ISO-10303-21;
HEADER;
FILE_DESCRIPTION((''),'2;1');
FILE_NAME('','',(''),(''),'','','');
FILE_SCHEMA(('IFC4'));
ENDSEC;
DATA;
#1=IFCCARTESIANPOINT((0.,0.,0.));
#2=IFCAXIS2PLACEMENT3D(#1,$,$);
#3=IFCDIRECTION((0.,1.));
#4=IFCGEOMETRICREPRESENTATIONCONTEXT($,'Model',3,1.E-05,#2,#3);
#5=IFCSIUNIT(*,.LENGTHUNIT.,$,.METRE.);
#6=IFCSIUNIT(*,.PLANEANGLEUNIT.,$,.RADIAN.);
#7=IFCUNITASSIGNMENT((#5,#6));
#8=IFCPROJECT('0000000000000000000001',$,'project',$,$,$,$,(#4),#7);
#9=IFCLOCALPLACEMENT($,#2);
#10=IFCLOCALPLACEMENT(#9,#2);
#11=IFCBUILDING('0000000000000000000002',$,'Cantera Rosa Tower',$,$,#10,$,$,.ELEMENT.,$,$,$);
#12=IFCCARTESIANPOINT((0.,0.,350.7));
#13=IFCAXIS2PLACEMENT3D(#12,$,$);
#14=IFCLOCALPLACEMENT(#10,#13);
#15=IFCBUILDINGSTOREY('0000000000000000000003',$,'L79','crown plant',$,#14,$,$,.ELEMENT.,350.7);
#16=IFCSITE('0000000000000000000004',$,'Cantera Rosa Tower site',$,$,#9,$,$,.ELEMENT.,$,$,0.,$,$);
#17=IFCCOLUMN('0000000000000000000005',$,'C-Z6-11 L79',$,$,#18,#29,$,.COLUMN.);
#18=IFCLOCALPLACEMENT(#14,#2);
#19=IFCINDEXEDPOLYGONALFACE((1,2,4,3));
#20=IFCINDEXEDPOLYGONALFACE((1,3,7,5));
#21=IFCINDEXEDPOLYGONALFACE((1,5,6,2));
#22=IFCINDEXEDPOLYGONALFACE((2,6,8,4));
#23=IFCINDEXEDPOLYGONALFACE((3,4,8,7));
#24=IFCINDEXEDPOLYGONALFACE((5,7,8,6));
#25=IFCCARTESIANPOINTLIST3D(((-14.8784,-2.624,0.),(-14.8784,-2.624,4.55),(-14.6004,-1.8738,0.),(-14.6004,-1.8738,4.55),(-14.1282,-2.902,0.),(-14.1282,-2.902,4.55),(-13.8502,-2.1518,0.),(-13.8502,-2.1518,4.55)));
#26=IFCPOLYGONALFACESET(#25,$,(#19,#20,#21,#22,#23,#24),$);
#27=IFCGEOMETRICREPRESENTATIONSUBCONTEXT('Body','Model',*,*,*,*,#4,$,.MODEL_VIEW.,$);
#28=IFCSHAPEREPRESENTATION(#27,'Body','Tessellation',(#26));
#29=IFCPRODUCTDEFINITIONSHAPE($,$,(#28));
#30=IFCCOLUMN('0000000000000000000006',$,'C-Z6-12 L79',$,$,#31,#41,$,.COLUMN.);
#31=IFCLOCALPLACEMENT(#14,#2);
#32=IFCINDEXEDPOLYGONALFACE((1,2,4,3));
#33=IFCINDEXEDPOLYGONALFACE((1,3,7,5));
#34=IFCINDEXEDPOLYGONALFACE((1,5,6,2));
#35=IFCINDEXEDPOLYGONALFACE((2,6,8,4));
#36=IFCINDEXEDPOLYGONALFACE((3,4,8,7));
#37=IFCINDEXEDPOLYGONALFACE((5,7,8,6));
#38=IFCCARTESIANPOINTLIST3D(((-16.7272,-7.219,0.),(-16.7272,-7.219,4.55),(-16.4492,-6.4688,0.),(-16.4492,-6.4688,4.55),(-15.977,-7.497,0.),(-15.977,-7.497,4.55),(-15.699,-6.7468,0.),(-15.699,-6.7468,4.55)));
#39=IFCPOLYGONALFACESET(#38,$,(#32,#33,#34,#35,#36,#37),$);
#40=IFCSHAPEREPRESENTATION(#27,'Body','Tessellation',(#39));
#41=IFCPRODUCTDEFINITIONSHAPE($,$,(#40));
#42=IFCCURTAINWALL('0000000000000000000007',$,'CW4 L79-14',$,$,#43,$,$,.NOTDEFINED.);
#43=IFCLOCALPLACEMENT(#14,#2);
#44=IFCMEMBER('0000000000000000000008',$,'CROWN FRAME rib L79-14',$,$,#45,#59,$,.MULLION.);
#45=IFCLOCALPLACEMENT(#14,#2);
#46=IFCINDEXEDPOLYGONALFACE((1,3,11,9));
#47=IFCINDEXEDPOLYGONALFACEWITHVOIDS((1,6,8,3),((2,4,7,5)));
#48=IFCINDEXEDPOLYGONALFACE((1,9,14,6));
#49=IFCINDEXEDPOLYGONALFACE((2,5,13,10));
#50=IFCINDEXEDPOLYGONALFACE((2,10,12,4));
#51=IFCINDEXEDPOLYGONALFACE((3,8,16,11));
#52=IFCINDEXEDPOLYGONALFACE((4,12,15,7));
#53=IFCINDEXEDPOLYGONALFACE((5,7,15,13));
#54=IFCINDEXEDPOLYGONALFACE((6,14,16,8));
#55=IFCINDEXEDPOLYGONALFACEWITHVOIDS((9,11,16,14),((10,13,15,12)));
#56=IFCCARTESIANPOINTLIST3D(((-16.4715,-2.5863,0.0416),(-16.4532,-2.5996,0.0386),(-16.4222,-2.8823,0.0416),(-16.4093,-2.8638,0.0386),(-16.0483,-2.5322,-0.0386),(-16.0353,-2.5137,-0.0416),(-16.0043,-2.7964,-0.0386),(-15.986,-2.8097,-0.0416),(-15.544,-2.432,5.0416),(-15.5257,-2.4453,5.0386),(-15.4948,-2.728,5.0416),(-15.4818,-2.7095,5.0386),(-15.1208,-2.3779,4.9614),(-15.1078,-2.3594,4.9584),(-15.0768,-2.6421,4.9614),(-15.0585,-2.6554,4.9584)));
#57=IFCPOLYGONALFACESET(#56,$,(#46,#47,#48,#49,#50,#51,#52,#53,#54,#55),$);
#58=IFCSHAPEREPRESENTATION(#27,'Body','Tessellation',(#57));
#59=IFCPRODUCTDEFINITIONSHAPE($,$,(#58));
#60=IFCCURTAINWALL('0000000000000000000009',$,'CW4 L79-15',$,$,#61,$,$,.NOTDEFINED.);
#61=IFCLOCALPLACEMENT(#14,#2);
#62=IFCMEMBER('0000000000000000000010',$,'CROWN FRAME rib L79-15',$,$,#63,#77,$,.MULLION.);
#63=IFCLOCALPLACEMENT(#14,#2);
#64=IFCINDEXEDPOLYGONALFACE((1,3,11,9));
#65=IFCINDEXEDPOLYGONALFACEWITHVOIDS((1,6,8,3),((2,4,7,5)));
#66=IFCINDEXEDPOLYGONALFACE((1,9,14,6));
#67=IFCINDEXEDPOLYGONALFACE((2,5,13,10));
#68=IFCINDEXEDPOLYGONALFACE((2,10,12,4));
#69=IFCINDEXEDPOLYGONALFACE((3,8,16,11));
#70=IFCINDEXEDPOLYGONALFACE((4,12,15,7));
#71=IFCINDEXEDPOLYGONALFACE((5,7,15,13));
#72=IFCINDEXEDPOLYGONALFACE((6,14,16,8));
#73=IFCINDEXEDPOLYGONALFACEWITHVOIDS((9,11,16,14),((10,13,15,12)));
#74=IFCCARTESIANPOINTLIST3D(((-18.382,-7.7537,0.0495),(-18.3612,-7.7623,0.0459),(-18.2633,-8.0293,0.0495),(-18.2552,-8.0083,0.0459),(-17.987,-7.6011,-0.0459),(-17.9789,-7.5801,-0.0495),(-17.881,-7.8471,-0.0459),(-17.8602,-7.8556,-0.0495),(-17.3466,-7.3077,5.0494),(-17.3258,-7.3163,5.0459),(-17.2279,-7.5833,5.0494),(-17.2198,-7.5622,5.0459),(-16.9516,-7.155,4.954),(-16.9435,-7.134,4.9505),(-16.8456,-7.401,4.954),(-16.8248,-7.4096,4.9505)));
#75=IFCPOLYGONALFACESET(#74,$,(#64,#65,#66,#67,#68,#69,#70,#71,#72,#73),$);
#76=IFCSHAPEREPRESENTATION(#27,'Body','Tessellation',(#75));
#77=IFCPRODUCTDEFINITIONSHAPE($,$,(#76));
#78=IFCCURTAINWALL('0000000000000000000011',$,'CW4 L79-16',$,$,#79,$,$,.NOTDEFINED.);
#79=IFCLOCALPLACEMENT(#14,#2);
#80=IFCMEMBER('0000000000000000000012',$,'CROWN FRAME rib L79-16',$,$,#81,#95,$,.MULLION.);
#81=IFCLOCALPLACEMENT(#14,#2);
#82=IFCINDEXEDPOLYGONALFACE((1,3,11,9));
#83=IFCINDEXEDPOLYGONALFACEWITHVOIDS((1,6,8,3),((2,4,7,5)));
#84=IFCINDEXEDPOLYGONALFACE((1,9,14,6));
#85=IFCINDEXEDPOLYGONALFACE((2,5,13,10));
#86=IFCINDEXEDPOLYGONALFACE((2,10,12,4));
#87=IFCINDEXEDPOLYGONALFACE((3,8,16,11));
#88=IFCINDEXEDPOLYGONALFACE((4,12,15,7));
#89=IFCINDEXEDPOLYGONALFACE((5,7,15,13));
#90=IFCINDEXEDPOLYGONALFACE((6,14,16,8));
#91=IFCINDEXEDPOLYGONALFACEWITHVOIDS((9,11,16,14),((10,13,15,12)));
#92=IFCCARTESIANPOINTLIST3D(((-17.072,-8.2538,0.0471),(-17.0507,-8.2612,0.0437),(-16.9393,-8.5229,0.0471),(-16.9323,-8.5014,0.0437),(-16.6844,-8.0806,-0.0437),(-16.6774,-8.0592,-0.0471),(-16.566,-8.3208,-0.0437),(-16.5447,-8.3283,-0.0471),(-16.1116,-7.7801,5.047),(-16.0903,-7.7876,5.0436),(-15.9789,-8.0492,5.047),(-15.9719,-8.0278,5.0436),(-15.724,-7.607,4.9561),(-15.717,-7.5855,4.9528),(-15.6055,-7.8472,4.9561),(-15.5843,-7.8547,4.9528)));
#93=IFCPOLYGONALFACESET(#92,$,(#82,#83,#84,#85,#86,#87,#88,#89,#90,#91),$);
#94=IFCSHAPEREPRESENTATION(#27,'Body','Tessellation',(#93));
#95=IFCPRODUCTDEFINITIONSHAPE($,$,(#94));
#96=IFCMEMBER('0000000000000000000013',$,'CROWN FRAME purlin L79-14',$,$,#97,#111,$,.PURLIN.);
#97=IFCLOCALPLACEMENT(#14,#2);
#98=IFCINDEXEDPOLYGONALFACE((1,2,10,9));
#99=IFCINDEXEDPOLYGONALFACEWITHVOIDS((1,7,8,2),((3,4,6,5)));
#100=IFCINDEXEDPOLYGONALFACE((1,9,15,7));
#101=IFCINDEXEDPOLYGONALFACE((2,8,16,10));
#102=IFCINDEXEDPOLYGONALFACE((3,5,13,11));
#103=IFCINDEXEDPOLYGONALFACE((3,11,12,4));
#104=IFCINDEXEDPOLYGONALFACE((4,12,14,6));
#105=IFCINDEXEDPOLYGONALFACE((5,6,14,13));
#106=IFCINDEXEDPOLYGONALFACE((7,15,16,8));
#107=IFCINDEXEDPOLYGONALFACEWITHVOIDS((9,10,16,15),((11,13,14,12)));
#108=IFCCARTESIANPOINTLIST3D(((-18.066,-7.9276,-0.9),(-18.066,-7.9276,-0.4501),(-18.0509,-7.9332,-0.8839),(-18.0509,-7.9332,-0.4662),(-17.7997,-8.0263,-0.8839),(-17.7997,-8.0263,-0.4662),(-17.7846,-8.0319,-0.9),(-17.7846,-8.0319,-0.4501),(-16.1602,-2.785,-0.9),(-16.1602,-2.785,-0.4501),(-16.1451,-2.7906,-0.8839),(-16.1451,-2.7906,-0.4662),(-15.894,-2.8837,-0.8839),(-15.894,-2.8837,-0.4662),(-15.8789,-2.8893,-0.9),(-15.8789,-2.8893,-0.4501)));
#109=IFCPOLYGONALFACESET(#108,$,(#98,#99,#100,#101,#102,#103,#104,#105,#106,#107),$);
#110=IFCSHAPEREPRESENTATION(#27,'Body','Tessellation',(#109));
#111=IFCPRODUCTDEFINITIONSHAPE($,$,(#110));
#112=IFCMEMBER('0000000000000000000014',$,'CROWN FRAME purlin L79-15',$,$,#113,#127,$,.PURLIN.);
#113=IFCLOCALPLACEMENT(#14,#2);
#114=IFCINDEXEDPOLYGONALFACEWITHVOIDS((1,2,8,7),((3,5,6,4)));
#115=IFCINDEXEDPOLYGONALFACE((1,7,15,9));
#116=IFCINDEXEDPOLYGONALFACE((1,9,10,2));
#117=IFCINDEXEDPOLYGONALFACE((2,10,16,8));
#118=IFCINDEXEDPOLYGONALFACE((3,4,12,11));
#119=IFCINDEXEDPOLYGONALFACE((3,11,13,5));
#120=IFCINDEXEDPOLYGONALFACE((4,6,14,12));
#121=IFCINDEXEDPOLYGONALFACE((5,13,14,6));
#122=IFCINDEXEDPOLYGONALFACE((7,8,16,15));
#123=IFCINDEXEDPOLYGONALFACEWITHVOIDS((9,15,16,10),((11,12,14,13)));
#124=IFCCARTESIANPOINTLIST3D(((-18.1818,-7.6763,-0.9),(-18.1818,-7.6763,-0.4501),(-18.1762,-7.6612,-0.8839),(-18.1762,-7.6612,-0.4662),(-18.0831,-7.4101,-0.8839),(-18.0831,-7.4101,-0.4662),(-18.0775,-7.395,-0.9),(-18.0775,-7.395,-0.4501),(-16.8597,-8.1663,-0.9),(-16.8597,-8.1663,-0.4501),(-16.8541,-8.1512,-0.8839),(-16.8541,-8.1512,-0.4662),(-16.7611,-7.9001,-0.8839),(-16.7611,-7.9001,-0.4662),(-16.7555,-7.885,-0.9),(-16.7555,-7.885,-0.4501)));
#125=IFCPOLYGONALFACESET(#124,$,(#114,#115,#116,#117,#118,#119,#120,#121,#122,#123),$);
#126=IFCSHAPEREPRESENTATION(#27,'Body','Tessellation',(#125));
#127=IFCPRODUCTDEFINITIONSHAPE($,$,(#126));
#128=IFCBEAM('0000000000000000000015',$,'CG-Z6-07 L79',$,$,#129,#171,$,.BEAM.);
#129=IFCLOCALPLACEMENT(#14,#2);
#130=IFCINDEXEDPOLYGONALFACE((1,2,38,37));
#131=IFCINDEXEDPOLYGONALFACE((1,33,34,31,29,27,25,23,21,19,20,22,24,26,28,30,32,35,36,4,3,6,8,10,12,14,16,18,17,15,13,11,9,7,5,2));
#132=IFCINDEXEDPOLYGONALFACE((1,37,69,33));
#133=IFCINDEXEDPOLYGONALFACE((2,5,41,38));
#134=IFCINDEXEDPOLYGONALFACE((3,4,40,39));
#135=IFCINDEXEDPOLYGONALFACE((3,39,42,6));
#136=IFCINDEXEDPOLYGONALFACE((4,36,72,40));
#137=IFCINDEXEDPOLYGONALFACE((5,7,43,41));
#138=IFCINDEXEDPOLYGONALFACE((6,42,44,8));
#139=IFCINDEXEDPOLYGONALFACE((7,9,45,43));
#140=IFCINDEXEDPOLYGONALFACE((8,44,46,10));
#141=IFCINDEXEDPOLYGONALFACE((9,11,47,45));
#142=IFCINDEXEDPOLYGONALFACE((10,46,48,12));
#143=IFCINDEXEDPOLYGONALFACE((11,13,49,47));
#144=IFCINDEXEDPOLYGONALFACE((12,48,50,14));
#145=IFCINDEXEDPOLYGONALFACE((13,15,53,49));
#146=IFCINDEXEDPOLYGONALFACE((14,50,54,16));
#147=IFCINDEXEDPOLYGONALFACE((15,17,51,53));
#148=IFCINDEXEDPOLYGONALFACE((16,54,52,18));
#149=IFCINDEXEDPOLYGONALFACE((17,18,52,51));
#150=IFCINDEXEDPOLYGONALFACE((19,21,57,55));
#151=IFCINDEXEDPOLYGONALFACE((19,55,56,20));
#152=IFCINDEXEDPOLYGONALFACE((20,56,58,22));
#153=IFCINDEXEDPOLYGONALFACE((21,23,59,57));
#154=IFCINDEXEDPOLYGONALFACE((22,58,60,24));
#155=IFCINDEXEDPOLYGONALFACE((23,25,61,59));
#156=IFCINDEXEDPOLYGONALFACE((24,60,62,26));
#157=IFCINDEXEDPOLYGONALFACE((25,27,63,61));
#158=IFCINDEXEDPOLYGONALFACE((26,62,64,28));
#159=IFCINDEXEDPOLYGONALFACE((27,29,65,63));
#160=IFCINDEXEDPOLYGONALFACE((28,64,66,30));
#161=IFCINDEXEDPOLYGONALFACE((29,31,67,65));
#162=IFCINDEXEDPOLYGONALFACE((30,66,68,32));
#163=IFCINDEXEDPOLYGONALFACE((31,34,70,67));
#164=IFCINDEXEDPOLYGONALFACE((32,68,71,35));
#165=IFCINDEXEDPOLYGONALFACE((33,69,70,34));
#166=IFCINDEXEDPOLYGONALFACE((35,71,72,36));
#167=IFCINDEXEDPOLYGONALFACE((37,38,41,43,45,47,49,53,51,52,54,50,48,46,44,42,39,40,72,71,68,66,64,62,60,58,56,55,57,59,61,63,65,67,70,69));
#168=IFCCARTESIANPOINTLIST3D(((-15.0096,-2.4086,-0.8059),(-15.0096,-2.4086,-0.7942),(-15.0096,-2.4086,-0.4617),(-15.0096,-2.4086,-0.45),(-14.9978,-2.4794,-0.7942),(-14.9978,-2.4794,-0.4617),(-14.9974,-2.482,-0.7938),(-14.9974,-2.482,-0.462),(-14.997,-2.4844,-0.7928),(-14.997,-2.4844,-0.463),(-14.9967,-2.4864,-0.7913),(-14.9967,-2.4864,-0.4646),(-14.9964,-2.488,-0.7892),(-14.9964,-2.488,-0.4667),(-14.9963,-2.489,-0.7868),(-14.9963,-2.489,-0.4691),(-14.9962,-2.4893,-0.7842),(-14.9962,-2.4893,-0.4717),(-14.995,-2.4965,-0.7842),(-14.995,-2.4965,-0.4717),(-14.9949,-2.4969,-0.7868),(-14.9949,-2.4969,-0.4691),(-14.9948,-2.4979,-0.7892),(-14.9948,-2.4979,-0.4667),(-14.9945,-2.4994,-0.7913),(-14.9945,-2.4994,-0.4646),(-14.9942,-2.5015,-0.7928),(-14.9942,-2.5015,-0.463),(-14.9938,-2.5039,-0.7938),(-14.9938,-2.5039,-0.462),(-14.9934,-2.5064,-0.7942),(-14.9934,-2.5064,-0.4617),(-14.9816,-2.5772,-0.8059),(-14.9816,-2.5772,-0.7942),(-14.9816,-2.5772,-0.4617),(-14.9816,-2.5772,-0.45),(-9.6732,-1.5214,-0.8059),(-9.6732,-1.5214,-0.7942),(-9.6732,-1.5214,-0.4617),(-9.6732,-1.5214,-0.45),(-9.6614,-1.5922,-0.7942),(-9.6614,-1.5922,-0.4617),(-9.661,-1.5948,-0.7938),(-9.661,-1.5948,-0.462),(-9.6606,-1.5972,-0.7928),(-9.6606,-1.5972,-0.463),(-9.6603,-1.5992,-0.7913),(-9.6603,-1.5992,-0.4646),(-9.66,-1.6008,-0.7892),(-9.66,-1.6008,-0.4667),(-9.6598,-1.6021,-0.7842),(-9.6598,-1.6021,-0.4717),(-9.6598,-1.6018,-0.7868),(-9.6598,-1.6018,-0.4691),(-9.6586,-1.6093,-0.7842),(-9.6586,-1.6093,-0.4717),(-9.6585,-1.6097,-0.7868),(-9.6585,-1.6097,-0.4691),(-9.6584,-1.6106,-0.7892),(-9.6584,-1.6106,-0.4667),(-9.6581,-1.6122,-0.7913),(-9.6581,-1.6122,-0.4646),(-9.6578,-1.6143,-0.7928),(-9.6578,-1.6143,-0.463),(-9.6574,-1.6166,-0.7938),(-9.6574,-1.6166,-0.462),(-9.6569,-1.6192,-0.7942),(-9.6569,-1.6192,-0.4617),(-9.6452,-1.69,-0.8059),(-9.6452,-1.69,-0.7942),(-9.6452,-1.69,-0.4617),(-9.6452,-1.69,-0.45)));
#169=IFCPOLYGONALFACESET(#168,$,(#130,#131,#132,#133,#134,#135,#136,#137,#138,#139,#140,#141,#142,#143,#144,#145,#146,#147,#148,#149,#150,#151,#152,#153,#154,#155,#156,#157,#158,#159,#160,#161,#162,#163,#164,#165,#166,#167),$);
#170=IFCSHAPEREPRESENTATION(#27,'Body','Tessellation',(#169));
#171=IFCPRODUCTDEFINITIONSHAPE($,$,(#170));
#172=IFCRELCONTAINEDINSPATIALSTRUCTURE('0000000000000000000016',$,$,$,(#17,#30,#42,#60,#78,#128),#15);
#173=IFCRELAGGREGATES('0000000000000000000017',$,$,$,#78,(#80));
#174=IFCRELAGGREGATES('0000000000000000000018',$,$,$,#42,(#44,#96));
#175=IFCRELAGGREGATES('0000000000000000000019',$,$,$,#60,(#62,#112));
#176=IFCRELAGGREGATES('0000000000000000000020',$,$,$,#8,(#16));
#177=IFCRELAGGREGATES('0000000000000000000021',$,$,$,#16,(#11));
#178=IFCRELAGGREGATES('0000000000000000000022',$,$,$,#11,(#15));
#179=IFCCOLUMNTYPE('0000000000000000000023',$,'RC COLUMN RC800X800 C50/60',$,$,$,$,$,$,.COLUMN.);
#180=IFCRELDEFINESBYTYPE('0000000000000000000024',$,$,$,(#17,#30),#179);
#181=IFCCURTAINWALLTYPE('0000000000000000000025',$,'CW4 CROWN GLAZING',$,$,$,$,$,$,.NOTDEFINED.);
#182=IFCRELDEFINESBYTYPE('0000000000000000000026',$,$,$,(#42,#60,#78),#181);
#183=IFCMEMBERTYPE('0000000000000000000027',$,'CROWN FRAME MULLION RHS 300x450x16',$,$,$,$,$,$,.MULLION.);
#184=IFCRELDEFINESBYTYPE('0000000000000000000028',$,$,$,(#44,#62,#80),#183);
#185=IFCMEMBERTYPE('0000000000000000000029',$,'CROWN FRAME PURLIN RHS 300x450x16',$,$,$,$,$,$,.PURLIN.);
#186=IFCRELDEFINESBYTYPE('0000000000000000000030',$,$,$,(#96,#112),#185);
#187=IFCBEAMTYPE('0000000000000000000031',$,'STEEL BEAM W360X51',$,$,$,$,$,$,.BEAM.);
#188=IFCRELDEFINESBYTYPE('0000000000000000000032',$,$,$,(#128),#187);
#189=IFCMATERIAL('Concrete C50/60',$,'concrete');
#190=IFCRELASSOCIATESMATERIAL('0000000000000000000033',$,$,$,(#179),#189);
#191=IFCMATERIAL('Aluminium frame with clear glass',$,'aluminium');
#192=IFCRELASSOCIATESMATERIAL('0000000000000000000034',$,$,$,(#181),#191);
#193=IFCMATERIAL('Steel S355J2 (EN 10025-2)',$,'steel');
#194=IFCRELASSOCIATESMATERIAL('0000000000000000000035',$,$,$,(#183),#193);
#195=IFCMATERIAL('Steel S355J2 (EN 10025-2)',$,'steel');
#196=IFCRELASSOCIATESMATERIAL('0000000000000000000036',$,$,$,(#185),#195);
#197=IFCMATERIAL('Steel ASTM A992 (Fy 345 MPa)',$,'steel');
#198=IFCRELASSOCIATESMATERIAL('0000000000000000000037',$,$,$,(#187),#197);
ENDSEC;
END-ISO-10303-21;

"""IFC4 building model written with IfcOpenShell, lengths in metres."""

from ifc_helpers import new_model, si_unit, direction, frame, origin, origin_2d, place, context, subcontext, project, spatial, rectangle, hollow_rectangle, i_section, extrude, material, material_profile, profile_set, type_object, element, aggregate, save


model = new_model("IFC4")

# Units and contexts
model_context = context("Model", 3, precision=1e-05, world=origin(), true_north=direction((0.0, 1.0)))
body_context = subcontext(model_context, "Body", "Model", "MODEL_VIEW")
ifc_project = project(units=[si_unit("LENGTHUNIT", "METRE"), si_unit("PLANEANGLEUNIT", "RADIAN")], contexts=[model_context])

# Site, building, storey
site_placement = place(None, origin())
site = spatial("IfcSite", under=ifc_project, at=site_placement, Name="Cantera Rosa Tower site", CompositionType="ELEMENT", RefElevation=0.0)
building_placement = place(site_placement, origin())
building = spatial("IfcBuilding", under=site, at=building_placement, Name="Cantera Rosa Tower", CompositionType="ELEMENT")
storey_placement = place(building_placement, frame((0.0, 0.0, 350.7)))
storey = spatial("IfcBuildingStorey", under=building, at=storey_placement, Name="L79", Description="crown plant", CompositionType="ELEMENT", Elevation=350.7)

# Columns
ifc_material_1 = material(Name="Concrete C50/60", Category="concrete")
ifc_material_profile_1 = material_profile(ifc_material_1, rectangle(XDim=0.8, YDim=0.8, at=origin_2d()), Name="RC COLUMN RC800X800 C50/60")
ifc_profile_set_1 = profile_set([ifc_material_profile_1], Name="Concrete C50/60")
column_type = type_object("IfcColumnType", Name="RC COLUMN RC800X800 C50/60", PredefinedType="COLUMN", material=ifc_profile_set_1)
for number, where, z_axis, x_axis, name in (
    (1, (-14.3643, -2.3879, 0.0), (0.0, 0.0, 1.0), (0.347481, 0.937687, 0.0), "C-Z6-11 L79"),
    (2, (-16.2131, -6.9829, 0.0), (0.0, 0.0, 1.0), (0.347481, 0.937687, 0.0), "C-Z6-12 L79"),
):
    element("IfcColumn", number, at=place(storey_placement, frame(where, z_axis=z_axis, x_axis=x_axis)), inside=storey, type_object=column_type, Name=name, PredefinedType="COLUMN", context=body_context, shape_type="SweptSolid", body=[
        extrude(rectangle(XDim=0.8, YDim=0.8, at=origin_2d()), origin(), (0.0, 0.0, 1.0), 4.55),
    ])

# Curtain walls, members
ifc_material_2 = material(Name="Aluminium frame with clear glass", Category="aluminium")
curtain_wall_type = type_object("IfcCurtainWallType", Name="CW4 CROWN GLAZING", PredefinedType="NOTDEFINED", material=ifc_material_2)
curtain_wall_1_placement = place(storey_placement, origin())
curtain_wall_1 = element("IfcCurtainWall", 3, at=curtain_wall_1_placement, inside=storey, type_object=curtain_wall_type, Name="CW4 L79-14", PredefinedType="NOTDEFINED")
ifc_material_3 = material(Name="Steel S355J2 (EN 10025-2)", Category="steel")
ifc_material_profile_2 = material_profile(ifc_material_3, hollow_rectangle(XDim=0.3, YDim=0.45, WallThickness=0.0161, at=origin_2d()), Name="CROWN FRAME MULLION RHS 300x450x16")
ifc_profile_set_2 = profile_set([ifc_material_profile_2], Name="Steel S355J2 (EN 10025-2)")
member_type_1 = type_object("IfcMemberType", Name="CROWN FRAME MULLION RHS 300x450x16", PredefinedType="MULLION", material=ifc_profile_set_2)
member_1_placement = place(storey_placement, frame((-16.2288, -2.698, 0.0), z_axis=(0.182303, 0.030328, 0.982775), x_axis=(-0.164104, 0.986443, 0.0)))
member_1 = element("IfcMember", 4, at=member_1_placement, type_object=member_type_1, Name="CROWN FRAME rib L79-14", PredefinedType="MULLION", context=body_context, shape_type="SweptSolid", body=[
    extrude(hollow_rectangle(XDim=0.3, YDim=0.45, WallThickness=0.0161, at=origin_2d()), origin(), (0.0, 0.0, 1.0), 5.0876),
])
curtain_wall_2_placement = place(storey_placement, origin())
curtain_wall_2 = element("IfcCurtainWall", 5, at=curtain_wall_2_placement, inside=storey, type_object=curtain_wall_type, Name="CW4 L79-15", PredefinedType="NOTDEFINED")
member_2_placement = place(storey_placement, frame((-18.1211, -7.8047, 0.0), z_axis=(0.202009, 0.087024, 0.97551), x_axis=(-0.395644, 0.918404, 0.0)))
member_2 = element("IfcMember", 6, at=member_2_placement, type_object=member_type_1, Name="CROWN FRAME rib L79-15", PredefinedType="MULLION", context=body_context, shape_type="SweptSolid", body=[
    extrude(hollow_rectangle(XDim=0.3, YDim=0.45, WallThickness=0.0161, at=origin_2d()), origin(), (0.0, 0.0, 1.0), 5.1255),
])
curtain_wall_3_placement = place(storey_placement, origin())
curtain_wall_3 = element("IfcCurtainWall", 7, at=curtain_wall_3_placement, inside=storey, type_object=curtain_wall_type, Name="CW4 L79-16", PredefinedType="NOTDEFINED")
member_3_placement = place(storey_placement, frame((-16.8083, -8.291, 0.0), z_axis=(0.18783, 0.092626, 0.977824), x_axis=(-0.442282, 0.896876, 0.0)))
member_3 = element("IfcMember", 8, at=member_3_placement, type_object=member_type_1, Name="CROWN FRAME rib L79-16", PredefinedType="MULLION", context=body_context, shape_type="SweptSolid", body=[
    extrude(hollow_rectangle(XDim=0.3, YDim=0.45, WallThickness=0.0161, at=origin_2d()), origin(), (0.0, 0.0, 1.0), 5.1133),
])
aggregate(curtain_wall_3, [member_3])

# Members
ifc_material_4 = material(Name="Steel S355J2 (EN 10025-2)", Category="steel")
ifc_material_profile_3 = material_profile(ifc_material_4, hollow_rectangle(XDim=0.3, YDim=0.45, WallThickness=0.0161, at=origin_2d()), Name="CROWN FRAME PURLIN RHS 300x450x16")
ifc_profile_set_3 = profile_set([ifc_material_profile_3], Name="Steel S355J2 (EN 10025-2)")
member_type_2 = type_object("IfcMemberType", Name="CROWN FRAME PURLIN RHS 300x450x16", PredefinedType="PURLIN", material=ifc_profile_set_3)
member_4_placement = place(storey_placement, frame((-16.0195, -2.8372, -0.675), z_axis=(-0.347491, -0.937683, 0.0), x_axis=(0.937683, -0.347491, 0.0)))
member_4 = element("IfcMember", 9, at=member_4_placement, type_object=member_type_2, Name="CROWN FRAME purlin L79-14", PredefinedType="PURLIN", context=body_context, shape_type="SweptSolid", body=[
    extrude(hollow_rectangle(XDim=0.3, YDim=0.45, WallThickness=0.0161, at=origin_2d()), origin(), (0.0, 0.0, 1.0), 5.4844),
])
member_5_placement = place(storey_placement, frame((-18.1296, -7.5356, -0.675), z_axis=(0.937667, -0.347534, 0.0), x_axis=(0.347534, 0.937667, 0.0)))
member_5 = element("IfcMember", 10, at=member_5_placement, type_object=member_type_2, Name="CROWN FRAME purlin L79-15", PredefinedType="PURLIN", context=body_context, shape_type="SweptSolid", body=[
    extrude(hollow_rectangle(XDim=0.3, YDim=0.45, WallThickness=0.0161, at=origin_2d()), origin(), (0.0, 0.0, 1.0), 1.4099),
])

# Beam
ifc_material_5 = material(Name="Steel ASTM A992 (Fy 345 MPa)", Category="steel")
ifc_material_profile_4 = material_profile(ifc_material_5, i_section(OverallWidth=0.1709, OverallDepth=0.356, WebThickness=0.0073, FlangeThickness=0.0117, FilletRadius=0.01, at=origin_2d()), Name="W360X51")
ifc_profile_set_4 = profile_set([ifc_material_profile_4], Name="Steel ASTM A992 (Fy 345 MPa)")
beam_type_1 = type_object("IfcBeamType", Name="STEEL BEAM W360X51", PredefinedType="BEAM", material=ifc_profile_set_4)
beam_1_placement = place(storey_placement, frame((-14.9956, -2.4929, -0.6279), z_axis=(0.98646, 0.164004, 0.0), x_axis=(-0.164004, 0.98646, 0.0)))
element("IfcBeam", 11, at=beam_1_placement, inside=storey, type_object=beam_type_1, Name="CG-Z6-07 L79", PredefinedType="BEAM", context=body_context, shape_type="SweptSolid", body=[
    extrude(i_section(OverallWidth=0.1709, OverallDepth=0.356, WebThickness=0.0073, FlangeThickness=0.0117, FilletRadius=0.01, at=origin_2d()), origin(), (0.0, 0.0, 1.0), 5.4097),
])

aggregate(curtain_wall_1, [member_1, member_4])
aggregate(curtain_wall_2, [member_2, member_5])

save(model, "model.ifc")
